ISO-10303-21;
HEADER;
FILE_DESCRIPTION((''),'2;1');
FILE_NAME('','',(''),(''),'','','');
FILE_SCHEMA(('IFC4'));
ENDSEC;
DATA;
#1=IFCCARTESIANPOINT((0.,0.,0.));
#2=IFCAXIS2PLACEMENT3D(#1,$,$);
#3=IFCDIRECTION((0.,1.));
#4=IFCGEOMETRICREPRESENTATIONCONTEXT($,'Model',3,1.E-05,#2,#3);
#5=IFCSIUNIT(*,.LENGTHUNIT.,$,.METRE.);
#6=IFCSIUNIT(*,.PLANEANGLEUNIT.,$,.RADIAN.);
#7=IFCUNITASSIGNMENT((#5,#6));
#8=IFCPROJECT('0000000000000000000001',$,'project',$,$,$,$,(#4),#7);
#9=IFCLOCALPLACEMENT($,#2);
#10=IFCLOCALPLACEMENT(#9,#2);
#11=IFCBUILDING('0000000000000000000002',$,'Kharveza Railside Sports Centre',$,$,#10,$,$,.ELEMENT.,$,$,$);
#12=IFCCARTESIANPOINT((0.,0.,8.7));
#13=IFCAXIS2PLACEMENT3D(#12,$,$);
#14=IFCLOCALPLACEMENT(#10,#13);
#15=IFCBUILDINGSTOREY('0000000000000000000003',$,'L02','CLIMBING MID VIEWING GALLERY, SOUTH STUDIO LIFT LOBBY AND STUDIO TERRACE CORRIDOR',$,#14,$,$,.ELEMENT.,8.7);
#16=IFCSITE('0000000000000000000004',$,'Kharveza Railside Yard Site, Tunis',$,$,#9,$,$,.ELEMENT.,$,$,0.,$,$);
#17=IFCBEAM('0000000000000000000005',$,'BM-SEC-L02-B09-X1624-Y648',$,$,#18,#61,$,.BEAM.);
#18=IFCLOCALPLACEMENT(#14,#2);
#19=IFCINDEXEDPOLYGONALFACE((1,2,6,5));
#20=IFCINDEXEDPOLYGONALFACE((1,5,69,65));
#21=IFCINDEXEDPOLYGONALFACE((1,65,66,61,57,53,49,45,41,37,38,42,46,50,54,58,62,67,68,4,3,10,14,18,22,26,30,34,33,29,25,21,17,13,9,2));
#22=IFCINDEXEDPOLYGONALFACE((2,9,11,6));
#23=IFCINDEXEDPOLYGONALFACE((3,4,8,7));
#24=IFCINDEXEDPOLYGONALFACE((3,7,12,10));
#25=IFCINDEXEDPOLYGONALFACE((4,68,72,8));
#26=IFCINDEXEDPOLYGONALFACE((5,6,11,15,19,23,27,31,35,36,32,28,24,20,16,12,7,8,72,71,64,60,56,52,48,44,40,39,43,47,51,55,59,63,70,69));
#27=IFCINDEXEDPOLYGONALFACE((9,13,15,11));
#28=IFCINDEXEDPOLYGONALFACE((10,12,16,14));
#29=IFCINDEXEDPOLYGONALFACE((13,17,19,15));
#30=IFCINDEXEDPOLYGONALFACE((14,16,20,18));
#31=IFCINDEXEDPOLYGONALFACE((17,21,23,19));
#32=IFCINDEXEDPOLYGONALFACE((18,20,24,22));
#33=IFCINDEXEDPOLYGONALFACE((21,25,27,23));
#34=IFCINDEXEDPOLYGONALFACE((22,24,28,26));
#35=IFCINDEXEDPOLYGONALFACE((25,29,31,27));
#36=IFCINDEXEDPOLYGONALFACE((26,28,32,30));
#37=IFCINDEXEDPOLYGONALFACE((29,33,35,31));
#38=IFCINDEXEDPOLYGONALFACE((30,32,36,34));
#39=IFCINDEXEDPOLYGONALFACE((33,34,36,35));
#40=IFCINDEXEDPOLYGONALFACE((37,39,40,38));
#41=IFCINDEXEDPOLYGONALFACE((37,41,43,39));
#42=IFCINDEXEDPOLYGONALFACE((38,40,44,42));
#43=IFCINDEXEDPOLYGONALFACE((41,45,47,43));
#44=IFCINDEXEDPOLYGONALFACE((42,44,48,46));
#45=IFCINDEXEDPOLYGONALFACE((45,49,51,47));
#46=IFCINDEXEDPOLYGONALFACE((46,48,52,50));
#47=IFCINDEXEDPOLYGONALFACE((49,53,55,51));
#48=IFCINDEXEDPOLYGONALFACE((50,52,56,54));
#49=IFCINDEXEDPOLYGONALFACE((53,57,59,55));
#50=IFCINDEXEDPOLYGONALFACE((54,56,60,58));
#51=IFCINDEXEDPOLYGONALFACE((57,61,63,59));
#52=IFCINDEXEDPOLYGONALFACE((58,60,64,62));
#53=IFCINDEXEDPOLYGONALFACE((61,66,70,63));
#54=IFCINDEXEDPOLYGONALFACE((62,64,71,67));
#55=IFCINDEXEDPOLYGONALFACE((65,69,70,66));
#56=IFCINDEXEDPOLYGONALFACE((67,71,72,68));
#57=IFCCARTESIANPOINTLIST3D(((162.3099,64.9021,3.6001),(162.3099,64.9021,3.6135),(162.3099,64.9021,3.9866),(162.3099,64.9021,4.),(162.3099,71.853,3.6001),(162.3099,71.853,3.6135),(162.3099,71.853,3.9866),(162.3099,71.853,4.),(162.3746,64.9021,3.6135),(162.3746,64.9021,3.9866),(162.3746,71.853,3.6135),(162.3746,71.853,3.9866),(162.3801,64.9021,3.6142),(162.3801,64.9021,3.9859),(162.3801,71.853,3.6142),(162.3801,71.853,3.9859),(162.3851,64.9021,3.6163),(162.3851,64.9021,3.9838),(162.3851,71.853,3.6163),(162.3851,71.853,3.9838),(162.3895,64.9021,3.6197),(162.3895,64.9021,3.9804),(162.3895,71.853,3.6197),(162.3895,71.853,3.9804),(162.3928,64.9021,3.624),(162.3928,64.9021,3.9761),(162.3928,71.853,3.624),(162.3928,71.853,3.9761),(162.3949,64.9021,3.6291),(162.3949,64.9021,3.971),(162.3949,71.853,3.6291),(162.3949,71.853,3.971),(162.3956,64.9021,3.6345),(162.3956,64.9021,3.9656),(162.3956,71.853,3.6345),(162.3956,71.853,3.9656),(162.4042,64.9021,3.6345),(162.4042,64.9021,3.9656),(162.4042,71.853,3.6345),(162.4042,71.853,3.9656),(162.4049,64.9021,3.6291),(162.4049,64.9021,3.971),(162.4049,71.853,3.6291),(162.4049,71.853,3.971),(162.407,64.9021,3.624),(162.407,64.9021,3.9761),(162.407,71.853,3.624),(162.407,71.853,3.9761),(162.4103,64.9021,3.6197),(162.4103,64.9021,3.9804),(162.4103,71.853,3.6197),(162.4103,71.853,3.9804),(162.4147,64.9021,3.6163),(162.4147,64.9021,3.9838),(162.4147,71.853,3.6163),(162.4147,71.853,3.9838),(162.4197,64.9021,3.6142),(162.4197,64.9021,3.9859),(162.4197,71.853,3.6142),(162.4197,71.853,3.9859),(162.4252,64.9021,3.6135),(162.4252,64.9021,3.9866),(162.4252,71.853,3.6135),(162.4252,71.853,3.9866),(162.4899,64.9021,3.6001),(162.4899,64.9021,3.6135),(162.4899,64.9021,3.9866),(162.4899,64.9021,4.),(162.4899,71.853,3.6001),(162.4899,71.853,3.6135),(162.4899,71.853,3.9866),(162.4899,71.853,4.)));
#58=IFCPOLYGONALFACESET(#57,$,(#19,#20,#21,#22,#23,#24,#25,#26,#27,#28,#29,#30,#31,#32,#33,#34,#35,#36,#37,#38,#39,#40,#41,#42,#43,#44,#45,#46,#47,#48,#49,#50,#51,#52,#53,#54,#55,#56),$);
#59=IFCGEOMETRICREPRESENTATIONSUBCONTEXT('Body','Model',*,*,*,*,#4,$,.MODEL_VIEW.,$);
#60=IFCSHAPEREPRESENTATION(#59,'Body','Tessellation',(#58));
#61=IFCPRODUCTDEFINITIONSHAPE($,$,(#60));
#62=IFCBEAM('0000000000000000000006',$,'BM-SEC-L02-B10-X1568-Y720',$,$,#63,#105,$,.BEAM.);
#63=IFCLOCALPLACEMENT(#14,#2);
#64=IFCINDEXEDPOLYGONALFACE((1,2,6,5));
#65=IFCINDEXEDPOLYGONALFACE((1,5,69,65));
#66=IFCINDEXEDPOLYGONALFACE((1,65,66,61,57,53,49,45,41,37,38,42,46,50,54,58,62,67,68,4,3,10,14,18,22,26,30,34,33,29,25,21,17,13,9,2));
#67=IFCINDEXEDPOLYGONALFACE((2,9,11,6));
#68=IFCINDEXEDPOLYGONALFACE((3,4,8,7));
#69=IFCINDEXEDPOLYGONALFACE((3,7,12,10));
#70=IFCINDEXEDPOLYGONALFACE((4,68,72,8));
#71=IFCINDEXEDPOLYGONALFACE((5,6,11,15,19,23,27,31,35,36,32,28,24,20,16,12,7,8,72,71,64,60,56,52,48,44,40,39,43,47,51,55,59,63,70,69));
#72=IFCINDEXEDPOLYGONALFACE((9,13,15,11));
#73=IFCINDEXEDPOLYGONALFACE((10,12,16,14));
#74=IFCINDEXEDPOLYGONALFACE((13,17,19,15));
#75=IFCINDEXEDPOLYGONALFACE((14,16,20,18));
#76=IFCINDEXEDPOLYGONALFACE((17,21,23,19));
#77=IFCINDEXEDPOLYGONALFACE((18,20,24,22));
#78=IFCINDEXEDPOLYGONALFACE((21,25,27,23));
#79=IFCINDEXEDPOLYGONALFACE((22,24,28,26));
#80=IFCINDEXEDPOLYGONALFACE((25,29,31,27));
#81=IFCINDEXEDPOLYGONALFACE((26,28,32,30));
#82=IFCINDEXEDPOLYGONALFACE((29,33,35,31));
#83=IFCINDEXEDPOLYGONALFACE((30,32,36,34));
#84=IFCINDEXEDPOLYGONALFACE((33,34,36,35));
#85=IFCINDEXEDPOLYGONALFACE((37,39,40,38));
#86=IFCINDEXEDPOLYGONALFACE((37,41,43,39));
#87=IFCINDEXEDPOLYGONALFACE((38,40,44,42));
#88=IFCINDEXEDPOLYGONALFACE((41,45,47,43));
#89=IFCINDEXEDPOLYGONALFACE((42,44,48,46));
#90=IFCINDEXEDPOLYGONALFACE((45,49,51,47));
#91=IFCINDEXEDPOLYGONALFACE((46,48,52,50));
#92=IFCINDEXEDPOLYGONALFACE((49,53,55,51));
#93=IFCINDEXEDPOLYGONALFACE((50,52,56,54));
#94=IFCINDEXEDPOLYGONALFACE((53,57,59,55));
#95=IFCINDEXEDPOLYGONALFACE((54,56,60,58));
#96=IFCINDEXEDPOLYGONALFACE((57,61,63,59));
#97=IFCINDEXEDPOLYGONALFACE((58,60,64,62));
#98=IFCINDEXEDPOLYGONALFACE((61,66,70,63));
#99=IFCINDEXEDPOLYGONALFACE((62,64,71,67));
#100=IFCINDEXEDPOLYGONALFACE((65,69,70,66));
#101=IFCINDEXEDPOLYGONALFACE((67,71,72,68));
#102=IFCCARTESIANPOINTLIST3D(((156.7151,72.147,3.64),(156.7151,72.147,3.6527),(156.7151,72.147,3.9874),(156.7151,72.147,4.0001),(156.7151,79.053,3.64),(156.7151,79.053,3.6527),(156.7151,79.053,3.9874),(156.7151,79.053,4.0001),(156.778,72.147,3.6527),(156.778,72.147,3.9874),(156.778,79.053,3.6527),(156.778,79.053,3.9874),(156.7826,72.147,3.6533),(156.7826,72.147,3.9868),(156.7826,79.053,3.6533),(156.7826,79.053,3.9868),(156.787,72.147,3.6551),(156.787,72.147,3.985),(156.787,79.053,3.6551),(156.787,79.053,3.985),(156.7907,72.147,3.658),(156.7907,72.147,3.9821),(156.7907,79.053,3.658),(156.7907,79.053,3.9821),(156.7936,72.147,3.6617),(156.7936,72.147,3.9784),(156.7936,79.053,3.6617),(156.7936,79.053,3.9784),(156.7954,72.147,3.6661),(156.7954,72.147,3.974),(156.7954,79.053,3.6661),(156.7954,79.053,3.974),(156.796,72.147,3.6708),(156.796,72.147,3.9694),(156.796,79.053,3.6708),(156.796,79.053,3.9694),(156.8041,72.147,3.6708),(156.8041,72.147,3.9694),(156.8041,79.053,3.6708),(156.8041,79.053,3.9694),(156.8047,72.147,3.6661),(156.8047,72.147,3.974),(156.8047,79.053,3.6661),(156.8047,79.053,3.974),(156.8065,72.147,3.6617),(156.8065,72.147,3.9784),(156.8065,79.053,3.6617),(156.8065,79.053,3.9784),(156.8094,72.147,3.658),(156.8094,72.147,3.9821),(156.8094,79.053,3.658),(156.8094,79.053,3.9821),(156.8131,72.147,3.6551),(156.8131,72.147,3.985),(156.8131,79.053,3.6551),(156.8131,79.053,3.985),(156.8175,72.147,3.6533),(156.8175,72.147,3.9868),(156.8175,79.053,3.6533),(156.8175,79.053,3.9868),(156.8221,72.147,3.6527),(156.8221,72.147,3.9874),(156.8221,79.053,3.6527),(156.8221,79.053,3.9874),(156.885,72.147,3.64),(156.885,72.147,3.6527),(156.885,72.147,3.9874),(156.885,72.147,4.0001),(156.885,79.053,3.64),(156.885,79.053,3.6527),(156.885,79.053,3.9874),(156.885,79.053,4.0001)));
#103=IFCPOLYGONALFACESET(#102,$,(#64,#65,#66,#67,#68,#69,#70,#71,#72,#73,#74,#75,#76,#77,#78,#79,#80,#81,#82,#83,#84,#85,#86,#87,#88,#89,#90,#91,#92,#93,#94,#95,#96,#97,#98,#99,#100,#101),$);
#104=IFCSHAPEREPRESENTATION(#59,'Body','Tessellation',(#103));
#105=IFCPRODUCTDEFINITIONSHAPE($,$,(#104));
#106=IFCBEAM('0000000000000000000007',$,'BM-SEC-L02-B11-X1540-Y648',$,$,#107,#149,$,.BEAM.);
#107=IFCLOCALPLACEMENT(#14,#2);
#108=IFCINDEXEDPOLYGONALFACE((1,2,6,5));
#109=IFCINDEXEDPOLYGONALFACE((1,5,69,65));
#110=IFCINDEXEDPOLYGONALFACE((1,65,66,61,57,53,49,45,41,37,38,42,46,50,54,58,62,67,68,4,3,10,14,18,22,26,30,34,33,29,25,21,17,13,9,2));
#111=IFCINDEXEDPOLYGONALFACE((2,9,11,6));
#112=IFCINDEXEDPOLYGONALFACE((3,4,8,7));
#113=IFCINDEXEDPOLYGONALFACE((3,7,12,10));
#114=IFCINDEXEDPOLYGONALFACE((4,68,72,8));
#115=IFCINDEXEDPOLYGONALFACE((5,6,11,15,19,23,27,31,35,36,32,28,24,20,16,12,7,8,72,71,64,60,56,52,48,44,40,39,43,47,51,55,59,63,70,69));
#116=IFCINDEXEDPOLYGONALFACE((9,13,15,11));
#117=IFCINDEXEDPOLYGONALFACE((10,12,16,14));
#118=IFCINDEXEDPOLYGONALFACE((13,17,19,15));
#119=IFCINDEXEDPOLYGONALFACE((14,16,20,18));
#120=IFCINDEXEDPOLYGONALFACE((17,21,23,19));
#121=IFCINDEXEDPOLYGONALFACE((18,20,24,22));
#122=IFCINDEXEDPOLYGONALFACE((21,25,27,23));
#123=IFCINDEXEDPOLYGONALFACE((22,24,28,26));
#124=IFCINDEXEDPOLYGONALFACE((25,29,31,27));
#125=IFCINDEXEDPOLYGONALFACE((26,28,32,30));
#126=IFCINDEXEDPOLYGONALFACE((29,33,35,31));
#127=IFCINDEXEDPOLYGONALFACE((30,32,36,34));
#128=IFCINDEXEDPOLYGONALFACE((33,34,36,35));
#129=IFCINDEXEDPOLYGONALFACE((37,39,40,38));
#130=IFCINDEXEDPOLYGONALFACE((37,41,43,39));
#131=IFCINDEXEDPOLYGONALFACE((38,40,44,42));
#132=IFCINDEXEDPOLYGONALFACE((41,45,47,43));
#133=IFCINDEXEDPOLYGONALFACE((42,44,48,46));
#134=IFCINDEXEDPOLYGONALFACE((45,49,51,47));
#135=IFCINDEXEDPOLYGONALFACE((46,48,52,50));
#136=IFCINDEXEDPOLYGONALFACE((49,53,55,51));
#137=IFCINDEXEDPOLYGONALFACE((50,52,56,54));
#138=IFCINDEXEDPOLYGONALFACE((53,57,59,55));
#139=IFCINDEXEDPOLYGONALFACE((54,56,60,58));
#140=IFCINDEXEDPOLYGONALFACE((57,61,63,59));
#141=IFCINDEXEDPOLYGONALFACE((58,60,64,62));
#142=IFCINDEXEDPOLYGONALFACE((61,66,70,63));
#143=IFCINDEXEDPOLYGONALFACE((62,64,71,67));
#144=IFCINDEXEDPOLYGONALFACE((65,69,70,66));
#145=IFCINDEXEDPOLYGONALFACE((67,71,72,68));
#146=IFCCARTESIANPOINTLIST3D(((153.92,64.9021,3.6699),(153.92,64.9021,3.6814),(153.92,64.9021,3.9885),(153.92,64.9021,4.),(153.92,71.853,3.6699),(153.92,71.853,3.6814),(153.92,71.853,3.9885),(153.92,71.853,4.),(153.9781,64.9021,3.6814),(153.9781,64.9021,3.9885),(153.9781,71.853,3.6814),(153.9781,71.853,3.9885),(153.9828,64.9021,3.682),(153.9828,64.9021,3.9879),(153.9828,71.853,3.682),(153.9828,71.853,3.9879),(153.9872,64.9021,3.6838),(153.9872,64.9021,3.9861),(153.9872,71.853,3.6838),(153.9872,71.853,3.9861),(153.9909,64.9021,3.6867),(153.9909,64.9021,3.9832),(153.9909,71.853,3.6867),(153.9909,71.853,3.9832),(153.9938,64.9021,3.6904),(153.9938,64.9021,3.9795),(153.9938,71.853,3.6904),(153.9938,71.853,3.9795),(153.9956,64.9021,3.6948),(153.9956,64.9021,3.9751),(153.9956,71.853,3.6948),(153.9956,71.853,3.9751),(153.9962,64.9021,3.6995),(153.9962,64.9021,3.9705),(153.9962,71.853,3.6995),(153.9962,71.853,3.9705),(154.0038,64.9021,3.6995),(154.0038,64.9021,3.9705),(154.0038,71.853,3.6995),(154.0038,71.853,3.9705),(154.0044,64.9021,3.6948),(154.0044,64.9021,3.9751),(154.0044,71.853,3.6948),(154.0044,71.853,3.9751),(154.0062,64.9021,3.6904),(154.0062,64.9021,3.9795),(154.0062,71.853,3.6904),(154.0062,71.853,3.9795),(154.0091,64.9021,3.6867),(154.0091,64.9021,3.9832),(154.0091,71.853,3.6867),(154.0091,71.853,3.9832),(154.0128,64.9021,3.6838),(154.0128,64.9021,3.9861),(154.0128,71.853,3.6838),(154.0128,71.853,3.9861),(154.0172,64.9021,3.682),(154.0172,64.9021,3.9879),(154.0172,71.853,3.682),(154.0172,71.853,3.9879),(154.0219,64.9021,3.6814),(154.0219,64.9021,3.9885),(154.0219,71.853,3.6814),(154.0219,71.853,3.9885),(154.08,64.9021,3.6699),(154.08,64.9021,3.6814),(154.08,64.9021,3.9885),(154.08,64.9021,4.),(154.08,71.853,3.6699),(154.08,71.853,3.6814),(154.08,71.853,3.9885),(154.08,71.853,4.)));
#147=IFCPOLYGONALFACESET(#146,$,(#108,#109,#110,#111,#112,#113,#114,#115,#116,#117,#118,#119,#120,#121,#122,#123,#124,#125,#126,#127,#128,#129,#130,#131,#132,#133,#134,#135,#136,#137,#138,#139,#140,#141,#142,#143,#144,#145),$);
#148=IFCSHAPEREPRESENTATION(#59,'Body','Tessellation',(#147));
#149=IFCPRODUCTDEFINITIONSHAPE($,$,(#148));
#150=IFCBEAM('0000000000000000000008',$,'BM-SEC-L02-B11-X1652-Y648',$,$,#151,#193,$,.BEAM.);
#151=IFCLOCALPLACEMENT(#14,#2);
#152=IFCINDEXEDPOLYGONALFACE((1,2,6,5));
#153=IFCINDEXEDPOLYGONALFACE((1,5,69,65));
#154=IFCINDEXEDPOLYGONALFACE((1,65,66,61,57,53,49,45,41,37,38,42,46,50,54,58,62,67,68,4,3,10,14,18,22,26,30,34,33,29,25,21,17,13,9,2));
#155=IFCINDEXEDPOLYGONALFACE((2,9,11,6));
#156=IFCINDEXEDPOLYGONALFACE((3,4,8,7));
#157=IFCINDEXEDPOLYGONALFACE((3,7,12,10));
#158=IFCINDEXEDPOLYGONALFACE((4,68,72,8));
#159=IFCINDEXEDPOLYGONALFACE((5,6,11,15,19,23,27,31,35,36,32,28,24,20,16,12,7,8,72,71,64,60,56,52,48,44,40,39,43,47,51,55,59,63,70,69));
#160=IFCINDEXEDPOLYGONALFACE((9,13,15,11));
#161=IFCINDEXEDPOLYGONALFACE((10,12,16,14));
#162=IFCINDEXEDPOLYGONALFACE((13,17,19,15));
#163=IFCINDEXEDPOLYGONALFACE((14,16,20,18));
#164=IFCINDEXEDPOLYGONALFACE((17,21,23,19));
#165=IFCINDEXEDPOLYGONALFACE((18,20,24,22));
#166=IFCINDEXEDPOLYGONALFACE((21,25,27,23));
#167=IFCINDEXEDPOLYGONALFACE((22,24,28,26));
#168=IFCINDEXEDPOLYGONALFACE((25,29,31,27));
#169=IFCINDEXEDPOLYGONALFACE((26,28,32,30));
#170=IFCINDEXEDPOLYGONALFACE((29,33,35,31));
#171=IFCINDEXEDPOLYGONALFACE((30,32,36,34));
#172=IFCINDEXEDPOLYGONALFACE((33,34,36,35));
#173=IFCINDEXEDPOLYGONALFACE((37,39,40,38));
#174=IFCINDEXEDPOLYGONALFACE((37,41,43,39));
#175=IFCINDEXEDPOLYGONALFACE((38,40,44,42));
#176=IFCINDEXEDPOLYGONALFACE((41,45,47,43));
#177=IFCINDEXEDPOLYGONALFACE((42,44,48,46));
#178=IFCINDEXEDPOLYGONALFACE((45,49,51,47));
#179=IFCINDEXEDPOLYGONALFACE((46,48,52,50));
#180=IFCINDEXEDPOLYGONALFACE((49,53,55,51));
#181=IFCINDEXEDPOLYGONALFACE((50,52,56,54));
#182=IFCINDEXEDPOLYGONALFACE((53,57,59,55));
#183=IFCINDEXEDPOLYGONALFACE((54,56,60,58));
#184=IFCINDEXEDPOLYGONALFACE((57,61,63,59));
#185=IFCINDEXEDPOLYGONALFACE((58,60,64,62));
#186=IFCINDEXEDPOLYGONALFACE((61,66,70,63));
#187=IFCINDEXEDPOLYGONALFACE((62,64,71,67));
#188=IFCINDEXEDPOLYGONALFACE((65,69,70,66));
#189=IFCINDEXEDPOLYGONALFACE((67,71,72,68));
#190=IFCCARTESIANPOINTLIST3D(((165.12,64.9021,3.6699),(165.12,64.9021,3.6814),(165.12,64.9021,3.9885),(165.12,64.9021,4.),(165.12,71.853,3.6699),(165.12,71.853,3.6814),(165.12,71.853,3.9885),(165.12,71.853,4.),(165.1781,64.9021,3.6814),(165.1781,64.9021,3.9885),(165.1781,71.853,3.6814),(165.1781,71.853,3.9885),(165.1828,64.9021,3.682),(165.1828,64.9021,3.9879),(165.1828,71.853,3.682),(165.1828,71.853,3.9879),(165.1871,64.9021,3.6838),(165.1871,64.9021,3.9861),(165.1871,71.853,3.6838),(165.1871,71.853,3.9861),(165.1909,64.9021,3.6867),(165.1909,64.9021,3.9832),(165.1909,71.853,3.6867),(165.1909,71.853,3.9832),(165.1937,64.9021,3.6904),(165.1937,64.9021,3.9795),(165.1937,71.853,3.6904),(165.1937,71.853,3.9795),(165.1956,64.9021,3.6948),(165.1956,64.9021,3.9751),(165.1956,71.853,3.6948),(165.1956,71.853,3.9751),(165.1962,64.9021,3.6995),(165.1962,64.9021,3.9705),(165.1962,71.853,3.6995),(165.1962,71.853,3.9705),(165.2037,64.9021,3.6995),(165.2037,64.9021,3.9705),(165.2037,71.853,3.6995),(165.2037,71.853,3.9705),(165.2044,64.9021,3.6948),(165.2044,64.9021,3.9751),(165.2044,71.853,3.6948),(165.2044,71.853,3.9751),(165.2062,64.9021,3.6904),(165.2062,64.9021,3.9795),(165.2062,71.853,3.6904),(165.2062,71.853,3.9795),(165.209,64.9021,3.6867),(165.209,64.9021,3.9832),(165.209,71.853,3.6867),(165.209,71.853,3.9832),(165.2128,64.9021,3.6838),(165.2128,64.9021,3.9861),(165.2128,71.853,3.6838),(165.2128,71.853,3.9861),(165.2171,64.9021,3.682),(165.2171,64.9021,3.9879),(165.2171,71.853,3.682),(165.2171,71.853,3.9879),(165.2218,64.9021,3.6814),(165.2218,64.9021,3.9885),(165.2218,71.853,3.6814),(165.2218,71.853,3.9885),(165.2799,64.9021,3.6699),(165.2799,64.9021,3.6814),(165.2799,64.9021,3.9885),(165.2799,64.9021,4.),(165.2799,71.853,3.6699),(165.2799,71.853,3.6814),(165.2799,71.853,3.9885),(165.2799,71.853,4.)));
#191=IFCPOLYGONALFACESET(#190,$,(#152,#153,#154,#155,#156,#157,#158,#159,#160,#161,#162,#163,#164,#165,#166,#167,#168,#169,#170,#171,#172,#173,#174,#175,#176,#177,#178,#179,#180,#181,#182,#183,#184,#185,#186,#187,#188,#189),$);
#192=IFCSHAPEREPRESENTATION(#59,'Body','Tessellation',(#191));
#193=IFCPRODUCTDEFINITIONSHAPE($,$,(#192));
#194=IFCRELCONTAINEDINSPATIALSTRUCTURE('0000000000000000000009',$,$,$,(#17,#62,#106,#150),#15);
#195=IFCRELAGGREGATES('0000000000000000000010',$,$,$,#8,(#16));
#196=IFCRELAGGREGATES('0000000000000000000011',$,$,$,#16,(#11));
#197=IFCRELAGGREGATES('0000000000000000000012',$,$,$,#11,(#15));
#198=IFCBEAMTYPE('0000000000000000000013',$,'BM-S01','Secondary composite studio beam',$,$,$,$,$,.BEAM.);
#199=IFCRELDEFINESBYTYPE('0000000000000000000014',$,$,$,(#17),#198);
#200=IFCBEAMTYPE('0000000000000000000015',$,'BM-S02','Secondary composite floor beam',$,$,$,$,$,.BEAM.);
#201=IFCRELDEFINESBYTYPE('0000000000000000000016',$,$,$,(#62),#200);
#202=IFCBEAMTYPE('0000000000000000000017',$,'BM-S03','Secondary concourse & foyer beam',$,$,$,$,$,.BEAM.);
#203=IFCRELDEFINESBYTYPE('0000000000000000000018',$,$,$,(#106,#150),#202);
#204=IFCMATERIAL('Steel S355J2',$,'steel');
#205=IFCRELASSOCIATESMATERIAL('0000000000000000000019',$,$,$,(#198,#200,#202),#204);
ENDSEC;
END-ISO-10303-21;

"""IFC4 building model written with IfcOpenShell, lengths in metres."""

from ifc_helpers import new_model, si_unit, direction, frame, origin, origin_2d, place, context, subcontext, project, spatial, i_section, extrude, material, material_profile, profile_set, type_object, element, save


model = new_model("IFC4")

# Units and contexts
model_context = context("Model", 3, precision=1e-05, world=origin(), true_north=direction((0.0, 1.0)))
body_context = subcontext(model_context, "Body", "Model", "MODEL_VIEW")
ifc_project = project(units=[si_unit("LENGTHUNIT", "METRE"), si_unit("PLANEANGLEUNIT", "RADIAN")], contexts=[model_context])

# Site, building, storey
site_placement = place(None, origin())
site = spatial("IfcSite", under=ifc_project, at=site_placement, Name="Kharveza Railside Yard Site, Tunis", CompositionType="ELEMENT", RefElevation=0.0)
building_placement = place(site_placement, origin())
building = spatial("IfcBuilding", under=site, at=building_placement, Name="Kharveza Railside Sports Centre", CompositionType="ELEMENT")
storey_placement = place(building_placement, frame((0.0, 0.0, 8.7)))
storey = spatial("IfcBuildingStorey", under=building, at=storey_placement, Name="L02", Description="CLIMBING MID VIEWING GALLERY, SOUTH STUDIO LIFT LOBBY AND STUDIO TERRACE CORRIDOR", CompositionType="ELEMENT", Elevation=8.7)

# Shared definitions
ifc_material_1 = material(Name="Steel S355J2", Category="steel")

# Beams
ifc_material_profile_1 = material_profile(ifc_material_1, i_section(OverallWidth=0.1799, OverallDepth=0.3999, WebThickness=0.0085, FlangeThickness=0.0134, FilletRadius=0.021, at=origin_2d()), Name="IPE 400")
ifc_profile_set_1 = profile_set([ifc_material_profile_1], Name="Steel S355J2")
beam_type_1 = type_object("IfcBeamType", Name="BM-S01", Description="Secondary composite studio beam", PredefinedType="BEAM", material=ifc_profile_set_1)
beam_1_placement = place(storey_placement, frame((162.3999, 64.9021, 3.8), z_axis=(0.0, 1.0, 0.0), x_axis=(-1.0, 0.0, 0.0)))
element("IfcBeam", 1, at=beam_1_placement, inside=storey, type_object=beam_type_1, Name="BM-SEC-L02-B09-X1624-Y648", PredefinedType="BEAM", context=body_context, shape_type="SweptSolid", body=[
    extrude(i_section(OverallWidth=0.1799, OverallDepth=0.3999, WebThickness=0.0085, FlangeThickness=0.0134, FilletRadius=0.021, at=origin_2d()), origin(), (0.0, 0.0, 1.0), 6.9509),
])
ifc_material_profile_2 = material_profile(ifc_material_1, i_section(OverallWidth=0.1699, OverallDepth=0.3601, WebThickness=0.0081, FlangeThickness=0.0127, FilletRadius=0.0181, at=origin_2d()), Name="IPE 360")
ifc_profile_set_2 = profile_set([ifc_material_profile_2], Name="Steel S355J2")
beam_type_2 = type_object("IfcBeamType", Name="BM-S02", Description="Secondary composite floor beam", PredefinedType="BEAM", material=ifc_profile_set_2)
beam_2_placement = place(storey_placement, frame((156.8, 72.147, 3.8201), z_axis=(0.0, 1.0, 0.0), x_axis=(-1.0, 0.0, 0.0)))
element("IfcBeam", 2, at=beam_2_placement, inside=storey, type_object=beam_type_2, Name="BM-SEC-L02-B10-X1568-Y720", PredefinedType="BEAM", context=body_context, shape_type="SweptSolid", body=[
    extrude(i_section(OverallWidth=0.1699, OverallDepth=0.3601, WebThickness=0.0081, FlangeThickness=0.0127, FilletRadius=0.0181, at=origin_2d()), origin(), (0.0, 0.0, 1.0), 6.906),
])
ifc_material_profile_3 = material_profile(ifc_material_1, i_section(OverallWidth=0.1599, OverallDepth=0.3301, WebThickness=0.0076, FlangeThickness=0.0115, FilletRadius=0.0181, at=origin_2d()), Name="IPE 330")
ifc_profile_set_3 = profile_set([ifc_material_profile_3], Name="Steel S355J2")
beam_type_3 = type_object("IfcBeamType", Name="BM-S03", Description="Secondary concourse & foyer beam", PredefinedType="BEAM", material=ifc_profile_set_3)
for number, where, z_axis, x_axis, name in (
    (3, (154.0, 64.9021, 3.835), (0.0, 1.0, 0.0), (-1.0, 0.0, 0.0), "BM-SEC-L02-B11-X1540-Y648"),
    (4, (165.2, 64.9021, 3.835), (0.0, 1.0, 0.0), (-1.0, 0.0, 0.0), "BM-SEC-L02-B11-X1652-Y648"),
):
    element("IfcBeam", number, at=place(storey_placement, frame(where, z_axis=z_axis, x_axis=x_axis)), inside=storey, type_object=beam_type_3, Name=name, PredefinedType="BEAM", context=body_context, shape_type="SweptSolid", body=[
        extrude(i_section(OverallWidth=0.1599, OverallDepth=0.3301, WebThickness=0.0076, FlangeThickness=0.0115, FilletRadius=0.0181, at=origin_2d()), origin(), (0.0, 0.0, 1.0), 6.9509),
    ])

save(model, "model.ifc")
